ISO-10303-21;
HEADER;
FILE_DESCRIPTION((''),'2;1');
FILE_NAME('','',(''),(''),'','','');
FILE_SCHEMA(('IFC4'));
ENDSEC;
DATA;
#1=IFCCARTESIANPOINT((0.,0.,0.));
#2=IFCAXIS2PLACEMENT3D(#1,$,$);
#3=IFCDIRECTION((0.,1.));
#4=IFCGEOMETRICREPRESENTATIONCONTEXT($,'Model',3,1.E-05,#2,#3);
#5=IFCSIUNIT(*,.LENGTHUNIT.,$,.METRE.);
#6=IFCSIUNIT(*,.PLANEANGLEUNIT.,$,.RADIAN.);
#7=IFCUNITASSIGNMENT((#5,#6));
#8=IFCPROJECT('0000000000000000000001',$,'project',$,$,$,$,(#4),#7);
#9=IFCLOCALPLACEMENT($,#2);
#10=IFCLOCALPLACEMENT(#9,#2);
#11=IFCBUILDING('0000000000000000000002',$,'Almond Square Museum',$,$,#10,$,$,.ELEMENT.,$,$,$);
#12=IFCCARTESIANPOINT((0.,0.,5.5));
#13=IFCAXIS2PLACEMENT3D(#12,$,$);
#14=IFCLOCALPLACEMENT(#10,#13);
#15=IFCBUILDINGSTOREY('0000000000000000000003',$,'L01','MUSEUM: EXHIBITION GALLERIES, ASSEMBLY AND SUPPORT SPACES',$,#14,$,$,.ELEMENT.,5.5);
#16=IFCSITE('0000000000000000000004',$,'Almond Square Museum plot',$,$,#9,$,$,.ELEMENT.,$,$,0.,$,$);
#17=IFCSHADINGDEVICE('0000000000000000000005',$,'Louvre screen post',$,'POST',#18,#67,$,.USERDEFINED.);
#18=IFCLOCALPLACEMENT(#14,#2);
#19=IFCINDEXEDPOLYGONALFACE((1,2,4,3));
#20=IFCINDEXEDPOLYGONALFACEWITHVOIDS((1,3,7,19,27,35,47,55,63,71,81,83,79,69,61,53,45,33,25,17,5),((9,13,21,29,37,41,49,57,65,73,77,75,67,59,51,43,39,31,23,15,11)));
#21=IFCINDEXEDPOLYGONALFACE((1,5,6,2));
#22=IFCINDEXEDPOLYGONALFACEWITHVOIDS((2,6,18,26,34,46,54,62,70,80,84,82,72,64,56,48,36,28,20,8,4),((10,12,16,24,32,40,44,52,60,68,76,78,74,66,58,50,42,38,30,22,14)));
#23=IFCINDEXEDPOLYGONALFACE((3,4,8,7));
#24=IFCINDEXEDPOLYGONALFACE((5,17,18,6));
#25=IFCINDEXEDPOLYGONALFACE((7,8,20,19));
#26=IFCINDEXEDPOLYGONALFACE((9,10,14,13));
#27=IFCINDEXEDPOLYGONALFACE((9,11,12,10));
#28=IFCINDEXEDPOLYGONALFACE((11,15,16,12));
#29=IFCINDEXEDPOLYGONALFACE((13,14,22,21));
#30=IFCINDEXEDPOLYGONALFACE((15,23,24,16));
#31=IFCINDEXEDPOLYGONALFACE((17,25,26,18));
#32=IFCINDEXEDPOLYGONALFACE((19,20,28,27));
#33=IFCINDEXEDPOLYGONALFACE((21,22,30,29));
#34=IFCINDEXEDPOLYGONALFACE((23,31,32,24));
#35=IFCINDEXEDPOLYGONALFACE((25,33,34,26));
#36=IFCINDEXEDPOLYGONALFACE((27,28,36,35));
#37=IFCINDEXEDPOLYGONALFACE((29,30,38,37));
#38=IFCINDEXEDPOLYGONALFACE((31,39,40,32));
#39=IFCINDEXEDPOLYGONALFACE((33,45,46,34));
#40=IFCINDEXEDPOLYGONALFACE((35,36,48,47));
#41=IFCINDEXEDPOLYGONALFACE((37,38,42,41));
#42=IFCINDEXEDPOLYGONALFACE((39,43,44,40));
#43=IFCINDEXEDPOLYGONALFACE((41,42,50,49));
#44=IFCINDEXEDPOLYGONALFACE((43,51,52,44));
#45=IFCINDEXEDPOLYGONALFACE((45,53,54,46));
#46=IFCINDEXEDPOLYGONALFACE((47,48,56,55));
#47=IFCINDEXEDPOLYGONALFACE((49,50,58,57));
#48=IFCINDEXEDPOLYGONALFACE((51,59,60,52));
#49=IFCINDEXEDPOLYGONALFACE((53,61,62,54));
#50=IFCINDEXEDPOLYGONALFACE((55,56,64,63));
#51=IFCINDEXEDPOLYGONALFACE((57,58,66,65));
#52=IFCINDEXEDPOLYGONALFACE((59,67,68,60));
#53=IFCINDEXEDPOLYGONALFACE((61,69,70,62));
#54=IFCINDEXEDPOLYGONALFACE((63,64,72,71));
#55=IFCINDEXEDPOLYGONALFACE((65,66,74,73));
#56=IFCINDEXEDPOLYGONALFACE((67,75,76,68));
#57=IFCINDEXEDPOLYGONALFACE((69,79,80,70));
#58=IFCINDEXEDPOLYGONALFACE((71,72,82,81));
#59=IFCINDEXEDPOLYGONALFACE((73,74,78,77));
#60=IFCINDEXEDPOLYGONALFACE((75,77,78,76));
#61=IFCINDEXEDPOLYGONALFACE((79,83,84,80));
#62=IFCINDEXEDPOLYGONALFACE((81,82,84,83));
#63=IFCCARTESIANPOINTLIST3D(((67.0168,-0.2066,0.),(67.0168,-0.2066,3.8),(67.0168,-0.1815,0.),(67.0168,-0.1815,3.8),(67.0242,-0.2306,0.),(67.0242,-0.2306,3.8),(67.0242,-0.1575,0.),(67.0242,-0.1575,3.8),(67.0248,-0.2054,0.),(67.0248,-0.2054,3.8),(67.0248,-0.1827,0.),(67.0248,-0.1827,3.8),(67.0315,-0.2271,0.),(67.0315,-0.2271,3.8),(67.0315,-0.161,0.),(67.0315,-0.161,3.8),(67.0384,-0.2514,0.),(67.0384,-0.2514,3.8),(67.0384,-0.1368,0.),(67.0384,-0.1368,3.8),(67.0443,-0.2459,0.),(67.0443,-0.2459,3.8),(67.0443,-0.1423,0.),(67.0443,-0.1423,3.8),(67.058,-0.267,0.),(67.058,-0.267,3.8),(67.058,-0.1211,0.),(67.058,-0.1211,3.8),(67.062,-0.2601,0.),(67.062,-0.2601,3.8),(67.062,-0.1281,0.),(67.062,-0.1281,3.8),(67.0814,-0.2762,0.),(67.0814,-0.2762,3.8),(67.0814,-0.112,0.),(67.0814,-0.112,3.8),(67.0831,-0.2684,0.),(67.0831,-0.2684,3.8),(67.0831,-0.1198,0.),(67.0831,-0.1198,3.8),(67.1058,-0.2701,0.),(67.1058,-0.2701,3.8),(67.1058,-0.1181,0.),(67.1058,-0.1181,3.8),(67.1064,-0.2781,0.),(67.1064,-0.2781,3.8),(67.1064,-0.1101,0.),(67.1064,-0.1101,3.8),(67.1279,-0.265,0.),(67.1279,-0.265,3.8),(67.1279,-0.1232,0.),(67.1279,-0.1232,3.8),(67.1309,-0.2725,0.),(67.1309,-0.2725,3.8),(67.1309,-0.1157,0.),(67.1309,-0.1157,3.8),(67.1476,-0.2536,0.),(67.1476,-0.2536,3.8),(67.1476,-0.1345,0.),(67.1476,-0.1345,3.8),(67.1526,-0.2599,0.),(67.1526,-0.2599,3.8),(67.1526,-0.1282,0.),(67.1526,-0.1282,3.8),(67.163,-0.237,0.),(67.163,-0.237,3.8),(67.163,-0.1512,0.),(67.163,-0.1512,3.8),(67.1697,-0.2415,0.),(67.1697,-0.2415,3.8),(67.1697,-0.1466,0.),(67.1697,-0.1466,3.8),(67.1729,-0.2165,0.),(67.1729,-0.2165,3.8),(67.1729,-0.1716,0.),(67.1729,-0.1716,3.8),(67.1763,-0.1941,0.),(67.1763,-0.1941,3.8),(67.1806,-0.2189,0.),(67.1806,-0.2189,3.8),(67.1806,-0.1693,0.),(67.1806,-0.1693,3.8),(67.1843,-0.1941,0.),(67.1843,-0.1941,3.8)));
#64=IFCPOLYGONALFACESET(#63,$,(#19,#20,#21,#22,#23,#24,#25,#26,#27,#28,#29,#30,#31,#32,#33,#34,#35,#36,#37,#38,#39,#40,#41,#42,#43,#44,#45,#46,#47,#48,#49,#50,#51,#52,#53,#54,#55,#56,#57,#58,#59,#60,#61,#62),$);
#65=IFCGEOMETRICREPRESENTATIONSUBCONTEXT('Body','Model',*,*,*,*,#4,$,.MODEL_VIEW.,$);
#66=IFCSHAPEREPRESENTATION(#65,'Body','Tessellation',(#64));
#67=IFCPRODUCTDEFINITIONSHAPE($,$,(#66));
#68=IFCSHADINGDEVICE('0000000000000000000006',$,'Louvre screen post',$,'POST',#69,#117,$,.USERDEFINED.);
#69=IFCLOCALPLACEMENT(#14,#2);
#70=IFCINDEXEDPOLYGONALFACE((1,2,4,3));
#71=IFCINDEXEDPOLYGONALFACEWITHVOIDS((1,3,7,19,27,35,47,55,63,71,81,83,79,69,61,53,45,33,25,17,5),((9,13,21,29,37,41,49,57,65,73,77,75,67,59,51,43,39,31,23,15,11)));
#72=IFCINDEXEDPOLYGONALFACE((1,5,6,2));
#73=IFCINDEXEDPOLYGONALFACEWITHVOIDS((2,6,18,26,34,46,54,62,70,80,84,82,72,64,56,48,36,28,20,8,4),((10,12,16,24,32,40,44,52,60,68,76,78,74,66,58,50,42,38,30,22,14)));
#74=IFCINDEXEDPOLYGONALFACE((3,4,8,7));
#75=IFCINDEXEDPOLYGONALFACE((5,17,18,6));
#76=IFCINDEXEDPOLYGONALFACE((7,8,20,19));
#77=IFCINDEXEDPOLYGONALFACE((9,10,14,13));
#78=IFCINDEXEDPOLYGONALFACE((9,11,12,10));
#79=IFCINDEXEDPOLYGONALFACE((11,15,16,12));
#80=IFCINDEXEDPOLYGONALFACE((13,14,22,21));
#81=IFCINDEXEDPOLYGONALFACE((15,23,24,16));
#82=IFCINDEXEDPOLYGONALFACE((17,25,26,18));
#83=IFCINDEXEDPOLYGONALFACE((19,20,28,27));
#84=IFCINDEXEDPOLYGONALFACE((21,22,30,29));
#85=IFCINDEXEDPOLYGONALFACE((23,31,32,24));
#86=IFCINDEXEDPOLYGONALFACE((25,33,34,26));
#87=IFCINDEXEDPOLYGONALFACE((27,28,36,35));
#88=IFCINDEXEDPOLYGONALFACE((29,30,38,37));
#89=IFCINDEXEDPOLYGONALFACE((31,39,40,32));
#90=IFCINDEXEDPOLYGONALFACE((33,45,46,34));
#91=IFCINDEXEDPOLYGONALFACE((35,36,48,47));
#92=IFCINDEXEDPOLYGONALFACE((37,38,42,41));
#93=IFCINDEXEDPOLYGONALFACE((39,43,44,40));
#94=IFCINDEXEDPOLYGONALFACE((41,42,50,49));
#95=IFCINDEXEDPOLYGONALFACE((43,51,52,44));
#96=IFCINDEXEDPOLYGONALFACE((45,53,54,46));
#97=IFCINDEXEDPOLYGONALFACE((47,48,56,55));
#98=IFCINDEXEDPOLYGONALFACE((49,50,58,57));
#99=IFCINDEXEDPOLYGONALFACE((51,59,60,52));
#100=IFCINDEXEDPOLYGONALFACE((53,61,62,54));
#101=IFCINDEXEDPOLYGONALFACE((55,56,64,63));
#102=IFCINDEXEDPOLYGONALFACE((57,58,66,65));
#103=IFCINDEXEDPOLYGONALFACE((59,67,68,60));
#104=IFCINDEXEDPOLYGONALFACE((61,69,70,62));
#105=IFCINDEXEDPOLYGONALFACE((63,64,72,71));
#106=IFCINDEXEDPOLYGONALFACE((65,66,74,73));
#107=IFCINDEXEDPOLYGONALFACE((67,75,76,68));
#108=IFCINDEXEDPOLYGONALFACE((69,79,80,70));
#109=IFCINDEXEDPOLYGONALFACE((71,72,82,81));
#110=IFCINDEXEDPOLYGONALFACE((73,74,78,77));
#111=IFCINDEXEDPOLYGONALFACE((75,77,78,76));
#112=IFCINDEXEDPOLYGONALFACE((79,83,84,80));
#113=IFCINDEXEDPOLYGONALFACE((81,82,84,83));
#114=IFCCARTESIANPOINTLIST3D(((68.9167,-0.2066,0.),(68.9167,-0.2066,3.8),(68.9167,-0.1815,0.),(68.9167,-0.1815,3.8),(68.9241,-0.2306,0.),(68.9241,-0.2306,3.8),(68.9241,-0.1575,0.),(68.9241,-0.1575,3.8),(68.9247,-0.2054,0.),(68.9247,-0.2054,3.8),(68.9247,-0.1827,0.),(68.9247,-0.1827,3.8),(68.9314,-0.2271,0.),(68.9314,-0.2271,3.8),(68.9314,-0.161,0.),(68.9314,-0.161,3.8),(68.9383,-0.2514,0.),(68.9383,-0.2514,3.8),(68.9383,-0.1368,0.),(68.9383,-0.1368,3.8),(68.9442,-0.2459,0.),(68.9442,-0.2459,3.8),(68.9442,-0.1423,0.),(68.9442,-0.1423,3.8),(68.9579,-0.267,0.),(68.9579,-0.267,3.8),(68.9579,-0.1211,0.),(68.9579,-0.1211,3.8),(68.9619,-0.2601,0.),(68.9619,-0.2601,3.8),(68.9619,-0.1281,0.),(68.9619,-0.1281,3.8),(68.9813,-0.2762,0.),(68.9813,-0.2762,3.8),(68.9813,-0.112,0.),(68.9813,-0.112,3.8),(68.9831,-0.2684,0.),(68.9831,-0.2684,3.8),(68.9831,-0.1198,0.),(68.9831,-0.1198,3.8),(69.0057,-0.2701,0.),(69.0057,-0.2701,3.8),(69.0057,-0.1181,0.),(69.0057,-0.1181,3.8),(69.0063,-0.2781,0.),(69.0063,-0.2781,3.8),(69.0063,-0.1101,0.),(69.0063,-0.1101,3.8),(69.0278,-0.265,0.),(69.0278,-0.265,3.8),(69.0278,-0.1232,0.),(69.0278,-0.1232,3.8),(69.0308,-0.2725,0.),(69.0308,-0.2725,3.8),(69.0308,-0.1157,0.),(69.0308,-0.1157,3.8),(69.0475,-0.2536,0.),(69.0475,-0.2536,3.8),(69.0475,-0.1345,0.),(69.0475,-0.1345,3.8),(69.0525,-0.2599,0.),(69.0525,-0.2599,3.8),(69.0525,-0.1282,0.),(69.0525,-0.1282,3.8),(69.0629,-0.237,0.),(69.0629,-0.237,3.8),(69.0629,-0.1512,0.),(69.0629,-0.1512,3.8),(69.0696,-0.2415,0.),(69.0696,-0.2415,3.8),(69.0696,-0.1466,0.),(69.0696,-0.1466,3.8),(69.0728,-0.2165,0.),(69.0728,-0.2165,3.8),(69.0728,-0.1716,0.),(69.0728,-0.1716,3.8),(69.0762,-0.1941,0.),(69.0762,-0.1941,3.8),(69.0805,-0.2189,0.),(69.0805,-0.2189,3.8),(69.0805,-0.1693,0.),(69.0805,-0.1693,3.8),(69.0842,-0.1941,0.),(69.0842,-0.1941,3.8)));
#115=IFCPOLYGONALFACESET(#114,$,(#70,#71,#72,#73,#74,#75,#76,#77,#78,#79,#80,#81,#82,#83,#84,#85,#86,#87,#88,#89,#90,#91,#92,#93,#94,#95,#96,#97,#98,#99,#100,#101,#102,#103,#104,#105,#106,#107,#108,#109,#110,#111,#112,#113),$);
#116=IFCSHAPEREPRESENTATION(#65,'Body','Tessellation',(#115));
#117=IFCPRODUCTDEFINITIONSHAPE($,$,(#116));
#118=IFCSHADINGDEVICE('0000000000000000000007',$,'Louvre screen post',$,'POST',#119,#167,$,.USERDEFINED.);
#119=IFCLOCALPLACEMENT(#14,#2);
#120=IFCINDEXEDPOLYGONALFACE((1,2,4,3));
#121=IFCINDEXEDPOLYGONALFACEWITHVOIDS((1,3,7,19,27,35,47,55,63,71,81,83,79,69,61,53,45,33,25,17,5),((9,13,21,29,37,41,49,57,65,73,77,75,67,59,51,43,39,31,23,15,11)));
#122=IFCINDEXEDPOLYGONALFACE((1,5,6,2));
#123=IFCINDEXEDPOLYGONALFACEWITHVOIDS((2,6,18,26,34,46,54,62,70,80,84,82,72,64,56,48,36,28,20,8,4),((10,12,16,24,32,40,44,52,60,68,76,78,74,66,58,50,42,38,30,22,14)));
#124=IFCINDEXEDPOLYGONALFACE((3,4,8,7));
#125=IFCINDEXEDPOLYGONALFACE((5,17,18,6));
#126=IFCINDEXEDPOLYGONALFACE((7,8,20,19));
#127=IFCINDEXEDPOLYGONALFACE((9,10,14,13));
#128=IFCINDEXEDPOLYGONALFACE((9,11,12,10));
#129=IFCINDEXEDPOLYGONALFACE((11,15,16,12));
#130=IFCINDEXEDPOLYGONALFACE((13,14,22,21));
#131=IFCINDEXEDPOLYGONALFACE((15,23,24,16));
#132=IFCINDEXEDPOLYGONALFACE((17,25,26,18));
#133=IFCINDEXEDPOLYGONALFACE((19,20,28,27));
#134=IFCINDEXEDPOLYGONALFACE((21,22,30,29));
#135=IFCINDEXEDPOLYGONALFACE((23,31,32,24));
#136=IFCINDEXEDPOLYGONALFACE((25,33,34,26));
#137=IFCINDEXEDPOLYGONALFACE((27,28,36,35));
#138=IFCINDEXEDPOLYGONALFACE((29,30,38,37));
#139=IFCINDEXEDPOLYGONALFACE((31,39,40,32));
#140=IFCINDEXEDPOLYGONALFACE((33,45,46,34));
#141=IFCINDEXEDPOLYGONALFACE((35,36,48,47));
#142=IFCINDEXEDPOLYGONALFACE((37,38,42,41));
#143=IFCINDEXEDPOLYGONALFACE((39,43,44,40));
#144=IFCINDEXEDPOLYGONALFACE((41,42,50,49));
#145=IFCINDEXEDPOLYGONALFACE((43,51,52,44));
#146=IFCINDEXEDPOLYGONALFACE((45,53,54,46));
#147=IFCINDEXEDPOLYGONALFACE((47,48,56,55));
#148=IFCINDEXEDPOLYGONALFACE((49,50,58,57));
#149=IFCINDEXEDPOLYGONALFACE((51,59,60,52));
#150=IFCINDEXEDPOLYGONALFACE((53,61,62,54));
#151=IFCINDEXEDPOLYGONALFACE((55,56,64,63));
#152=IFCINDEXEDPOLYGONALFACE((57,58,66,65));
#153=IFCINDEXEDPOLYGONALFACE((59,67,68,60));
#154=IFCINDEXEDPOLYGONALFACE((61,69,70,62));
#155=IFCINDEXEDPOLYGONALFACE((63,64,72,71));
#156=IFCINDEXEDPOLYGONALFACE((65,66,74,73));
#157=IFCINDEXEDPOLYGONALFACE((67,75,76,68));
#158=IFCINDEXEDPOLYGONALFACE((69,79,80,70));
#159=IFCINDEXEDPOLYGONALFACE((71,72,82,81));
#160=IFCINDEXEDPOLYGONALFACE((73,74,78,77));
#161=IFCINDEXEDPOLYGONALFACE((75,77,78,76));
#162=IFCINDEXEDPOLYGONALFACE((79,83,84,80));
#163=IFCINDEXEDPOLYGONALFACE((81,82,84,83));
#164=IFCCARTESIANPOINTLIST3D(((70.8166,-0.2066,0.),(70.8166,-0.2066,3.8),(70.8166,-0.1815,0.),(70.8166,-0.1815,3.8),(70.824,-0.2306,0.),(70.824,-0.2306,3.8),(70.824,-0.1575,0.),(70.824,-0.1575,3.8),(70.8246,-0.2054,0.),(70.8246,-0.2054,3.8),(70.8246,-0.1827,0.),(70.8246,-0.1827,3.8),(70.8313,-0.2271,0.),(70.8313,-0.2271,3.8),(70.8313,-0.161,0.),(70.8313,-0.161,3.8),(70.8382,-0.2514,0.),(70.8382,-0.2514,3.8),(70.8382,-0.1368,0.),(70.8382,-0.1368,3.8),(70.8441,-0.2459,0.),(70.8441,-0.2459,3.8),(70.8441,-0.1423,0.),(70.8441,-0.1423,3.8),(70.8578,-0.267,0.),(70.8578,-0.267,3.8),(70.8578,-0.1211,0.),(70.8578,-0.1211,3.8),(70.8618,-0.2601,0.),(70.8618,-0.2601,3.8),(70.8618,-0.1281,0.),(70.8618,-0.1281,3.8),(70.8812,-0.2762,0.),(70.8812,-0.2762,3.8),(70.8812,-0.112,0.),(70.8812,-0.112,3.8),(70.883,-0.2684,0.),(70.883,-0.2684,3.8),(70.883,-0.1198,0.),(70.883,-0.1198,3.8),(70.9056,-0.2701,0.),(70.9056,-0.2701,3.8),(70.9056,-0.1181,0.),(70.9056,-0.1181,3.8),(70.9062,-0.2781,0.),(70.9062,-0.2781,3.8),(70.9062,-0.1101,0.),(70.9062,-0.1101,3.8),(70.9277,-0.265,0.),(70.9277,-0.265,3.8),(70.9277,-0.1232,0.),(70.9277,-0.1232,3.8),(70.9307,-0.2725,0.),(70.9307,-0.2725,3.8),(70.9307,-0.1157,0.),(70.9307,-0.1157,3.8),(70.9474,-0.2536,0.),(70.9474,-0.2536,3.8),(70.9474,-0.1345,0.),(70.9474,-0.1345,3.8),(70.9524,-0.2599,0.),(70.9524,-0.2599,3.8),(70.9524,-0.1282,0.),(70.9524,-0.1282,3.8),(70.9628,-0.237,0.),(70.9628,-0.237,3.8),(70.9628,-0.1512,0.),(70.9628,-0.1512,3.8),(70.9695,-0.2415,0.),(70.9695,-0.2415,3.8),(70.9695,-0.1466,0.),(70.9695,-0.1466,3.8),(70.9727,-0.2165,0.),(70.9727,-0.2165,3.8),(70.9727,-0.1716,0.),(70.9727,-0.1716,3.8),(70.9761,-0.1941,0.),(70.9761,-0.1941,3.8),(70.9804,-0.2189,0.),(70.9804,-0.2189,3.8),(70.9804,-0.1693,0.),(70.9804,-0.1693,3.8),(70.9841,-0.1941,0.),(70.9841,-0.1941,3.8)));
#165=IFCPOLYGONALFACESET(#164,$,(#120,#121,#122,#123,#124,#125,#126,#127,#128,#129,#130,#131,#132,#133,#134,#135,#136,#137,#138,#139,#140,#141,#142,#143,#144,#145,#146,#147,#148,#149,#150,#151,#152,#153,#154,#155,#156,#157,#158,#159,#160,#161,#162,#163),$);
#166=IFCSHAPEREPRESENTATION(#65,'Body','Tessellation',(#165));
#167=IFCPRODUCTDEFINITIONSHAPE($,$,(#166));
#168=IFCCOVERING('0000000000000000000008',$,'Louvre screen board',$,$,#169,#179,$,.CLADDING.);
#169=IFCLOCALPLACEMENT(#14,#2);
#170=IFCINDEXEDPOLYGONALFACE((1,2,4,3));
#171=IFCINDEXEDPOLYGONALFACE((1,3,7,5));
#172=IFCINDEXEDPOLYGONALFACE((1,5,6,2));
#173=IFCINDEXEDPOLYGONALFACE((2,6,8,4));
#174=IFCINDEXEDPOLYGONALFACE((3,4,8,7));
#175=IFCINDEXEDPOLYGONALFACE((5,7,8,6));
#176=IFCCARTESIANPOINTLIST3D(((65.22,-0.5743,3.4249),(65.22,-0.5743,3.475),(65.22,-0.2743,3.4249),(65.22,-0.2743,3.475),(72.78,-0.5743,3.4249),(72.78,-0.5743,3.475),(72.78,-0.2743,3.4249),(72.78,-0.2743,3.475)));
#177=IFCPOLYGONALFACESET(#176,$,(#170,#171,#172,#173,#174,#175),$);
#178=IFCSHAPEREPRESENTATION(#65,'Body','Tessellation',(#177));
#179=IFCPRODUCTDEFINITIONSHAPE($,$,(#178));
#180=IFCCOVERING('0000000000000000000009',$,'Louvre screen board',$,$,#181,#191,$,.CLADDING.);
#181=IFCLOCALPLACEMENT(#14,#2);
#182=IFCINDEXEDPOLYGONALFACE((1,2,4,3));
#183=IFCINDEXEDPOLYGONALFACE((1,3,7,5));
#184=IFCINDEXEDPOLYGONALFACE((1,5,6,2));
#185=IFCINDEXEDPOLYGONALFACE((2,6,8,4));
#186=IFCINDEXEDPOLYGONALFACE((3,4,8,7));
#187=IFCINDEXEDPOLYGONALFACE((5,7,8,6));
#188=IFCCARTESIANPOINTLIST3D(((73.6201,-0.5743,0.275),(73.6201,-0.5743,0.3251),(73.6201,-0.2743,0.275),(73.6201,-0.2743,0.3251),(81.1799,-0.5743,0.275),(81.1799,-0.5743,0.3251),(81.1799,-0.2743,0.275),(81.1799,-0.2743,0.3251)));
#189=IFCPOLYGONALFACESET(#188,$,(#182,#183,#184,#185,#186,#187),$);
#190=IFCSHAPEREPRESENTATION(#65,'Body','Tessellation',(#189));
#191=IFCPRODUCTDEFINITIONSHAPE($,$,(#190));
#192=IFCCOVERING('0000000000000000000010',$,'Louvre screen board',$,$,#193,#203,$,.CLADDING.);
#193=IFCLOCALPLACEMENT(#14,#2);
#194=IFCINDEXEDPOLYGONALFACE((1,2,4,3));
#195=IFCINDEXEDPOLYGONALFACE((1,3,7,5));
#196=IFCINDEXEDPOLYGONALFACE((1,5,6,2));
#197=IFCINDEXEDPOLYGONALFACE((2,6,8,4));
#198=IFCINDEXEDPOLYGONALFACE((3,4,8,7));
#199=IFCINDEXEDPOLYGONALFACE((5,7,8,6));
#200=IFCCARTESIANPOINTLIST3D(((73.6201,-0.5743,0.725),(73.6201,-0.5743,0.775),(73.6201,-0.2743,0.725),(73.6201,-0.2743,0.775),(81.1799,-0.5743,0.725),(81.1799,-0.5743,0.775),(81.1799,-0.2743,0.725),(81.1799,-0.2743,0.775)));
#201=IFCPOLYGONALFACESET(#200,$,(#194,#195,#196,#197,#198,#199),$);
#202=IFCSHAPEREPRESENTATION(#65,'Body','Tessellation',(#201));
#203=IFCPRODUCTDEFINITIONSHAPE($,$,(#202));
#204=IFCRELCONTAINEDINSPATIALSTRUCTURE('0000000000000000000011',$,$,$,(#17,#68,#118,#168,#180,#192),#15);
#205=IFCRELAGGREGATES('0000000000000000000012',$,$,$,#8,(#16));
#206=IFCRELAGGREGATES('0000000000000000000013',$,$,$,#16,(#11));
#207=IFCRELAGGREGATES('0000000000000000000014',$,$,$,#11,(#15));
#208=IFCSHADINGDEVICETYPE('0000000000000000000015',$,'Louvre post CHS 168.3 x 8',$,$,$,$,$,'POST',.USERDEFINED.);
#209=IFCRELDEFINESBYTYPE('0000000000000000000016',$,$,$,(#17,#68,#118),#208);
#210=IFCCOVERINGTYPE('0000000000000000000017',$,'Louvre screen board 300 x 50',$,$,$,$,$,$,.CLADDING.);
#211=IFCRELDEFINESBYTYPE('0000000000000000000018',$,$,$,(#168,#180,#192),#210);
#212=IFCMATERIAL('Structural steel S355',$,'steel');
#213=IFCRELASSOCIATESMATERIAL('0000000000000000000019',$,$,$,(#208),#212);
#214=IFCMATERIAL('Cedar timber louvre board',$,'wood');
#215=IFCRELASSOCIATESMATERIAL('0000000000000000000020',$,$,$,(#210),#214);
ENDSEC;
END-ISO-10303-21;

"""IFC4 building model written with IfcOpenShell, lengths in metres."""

from ifc_helpers import new_model, si_unit, direction, frame, origin, origin_2d, place, context, subcontext, project, spatial, rectangle, hollow_circle, extrude, material, material_profile, profile_set, type_object, element, save


model = new_model("IFC4")

# Units and contexts
model_context = context("Model", 3, precision=1e-05, world=origin(), true_north=direction((0.0, 1.0)))
body_context = subcontext(model_context, "Body", "Model", "MODEL_VIEW")
ifc_project = project(units=[si_unit("LENGTHUNIT", "METRE"), si_unit("PLANEANGLEUNIT", "RADIAN")], contexts=[model_context])

# Site, building, storey
site_placement = place(None, origin())
site = spatial("IfcSite", under=ifc_project, at=site_placement, Name="Almond Square Museum plot", CompositionType="ELEMENT", RefElevation=0.0)
building_placement = place(site_placement, origin())
building = spatial("IfcBuilding", under=site, at=building_placement, Name="Almond Square Museum", CompositionType="ELEMENT")
storey_placement = place(building_placement, frame((0.0, 0.0, 5.5)))
storey = spatial("IfcBuildingStorey", under=building, at=storey_placement, Name="L01", Description="MUSEUM: EXHIBITION GALLERIES, ASSEMBLY AND SUPPORT SPACES", CompositionType="ELEMENT", Elevation=5.5)

# Shading devices
ifc_material_1 = material(Name="Structural steel S355", Category="steel")
ifc_material_profile_1 = material_profile(ifc_material_1, hollow_circle(Radius=0.0842, WallThickness=0.0081, at=origin_2d()))
ifc_profile_set_1 = profile_set([ifc_material_profile_1], Name="Structural steel S355")
shading_device_type = type_object("IfcShadingDeviceType", Name="Louvre post CHS 168.3 x 8", ElementType="POST", PredefinedType="USERDEFINED", material=ifc_profile_set_1)
for number, where, z_axis, x_axis, name in (
    (1, (67.1001, -0.1941, 0.0), (0.0, 0.0, 1.0), (1.0, 0.0, 0.0), "Louvre screen post"),
    (2, (69.0, -0.1941, 0.0), (0.0, 0.0, 1.0), (1.0, 0.0, 0.0), "Louvre screen post"),
    (3, (70.8999, -0.1941, 0.0), (0.0, 0.0, 1.0), (1.0, 0.0, 0.0), "Louvre screen post"),
):
    element("IfcShadingDevice", number, at=place(storey_placement, frame(where, z_axis=z_axis, x_axis=x_axis)), inside=storey, type_object=shading_device_type, Name=name, ObjectType="POST", PredefinedType="USERDEFINED", context=body_context, shape_type="SweptSolid", body=[
        extrude(hollow_circle(Radius=0.0842, WallThickness=0.0081, at=origin_2d()), origin(), (0.0, 0.0, 1.0), 3.8),
    ])

# Coverings
ifc_material_2 = material(Name="Cedar timber louvre board", Category="wood")
ifc_material_profile_2 = material_profile(ifc_material_2, rectangle(XDim=0.3, YDim=0.05, at=origin_2d()))
ifc_profile_set_2 = profile_set([ifc_material_profile_2], Name="Cedar timber louvre board")
covering_type = type_object("IfcCoveringType", Name="Louvre screen board 300 x 50", PredefinedType="CLADDING", material=ifc_profile_set_2)
covering_placement = place(storey_placement, frame((65.22, -0.4243, 3.45), z_axis=(1.0, 0.0, 0.0), x_axis=(0.0, 1.0, 0.0)))
element("IfcCovering", 4, at=covering_placement, inside=storey, type_object=covering_type, Name="Louvre screen board", PredefinedType="CLADDING", context=body_context, shape_type="SweptSolid", body=[
    extrude(rectangle(XDim=0.3, YDim=0.05, at=origin_2d()), origin(), (0.0, 0.0, 1.0), 7.5601),
])
for number, where, z_axis, x_axis, name in (
    (5, (73.6201, -0.4243, 0.3), (1.0, 0.0, 0.0), (0.0, 1.0, 0.0), "Louvre screen board"),
    (6, (73.6201, -0.4243, 0.75), (1.0, 0.0, 0.0), (0.0, 1.0, 0.0), "Louvre screen board"),
):
    element("IfcCovering", number, at=place(storey_placement, frame(where, z_axis=z_axis, x_axis=x_axis)), inside=storey, type_object=covering_type, Name=name, PredefinedType="CLADDING", context=body_context, shape_type="SweptSolid", body=[
        extrude(rectangle(XDim=0.3, YDim=0.05, at=origin_2d()), origin(), (0.0, 0.0, 1.0), 7.5598),
    ])

save(model, "model.ifc")
